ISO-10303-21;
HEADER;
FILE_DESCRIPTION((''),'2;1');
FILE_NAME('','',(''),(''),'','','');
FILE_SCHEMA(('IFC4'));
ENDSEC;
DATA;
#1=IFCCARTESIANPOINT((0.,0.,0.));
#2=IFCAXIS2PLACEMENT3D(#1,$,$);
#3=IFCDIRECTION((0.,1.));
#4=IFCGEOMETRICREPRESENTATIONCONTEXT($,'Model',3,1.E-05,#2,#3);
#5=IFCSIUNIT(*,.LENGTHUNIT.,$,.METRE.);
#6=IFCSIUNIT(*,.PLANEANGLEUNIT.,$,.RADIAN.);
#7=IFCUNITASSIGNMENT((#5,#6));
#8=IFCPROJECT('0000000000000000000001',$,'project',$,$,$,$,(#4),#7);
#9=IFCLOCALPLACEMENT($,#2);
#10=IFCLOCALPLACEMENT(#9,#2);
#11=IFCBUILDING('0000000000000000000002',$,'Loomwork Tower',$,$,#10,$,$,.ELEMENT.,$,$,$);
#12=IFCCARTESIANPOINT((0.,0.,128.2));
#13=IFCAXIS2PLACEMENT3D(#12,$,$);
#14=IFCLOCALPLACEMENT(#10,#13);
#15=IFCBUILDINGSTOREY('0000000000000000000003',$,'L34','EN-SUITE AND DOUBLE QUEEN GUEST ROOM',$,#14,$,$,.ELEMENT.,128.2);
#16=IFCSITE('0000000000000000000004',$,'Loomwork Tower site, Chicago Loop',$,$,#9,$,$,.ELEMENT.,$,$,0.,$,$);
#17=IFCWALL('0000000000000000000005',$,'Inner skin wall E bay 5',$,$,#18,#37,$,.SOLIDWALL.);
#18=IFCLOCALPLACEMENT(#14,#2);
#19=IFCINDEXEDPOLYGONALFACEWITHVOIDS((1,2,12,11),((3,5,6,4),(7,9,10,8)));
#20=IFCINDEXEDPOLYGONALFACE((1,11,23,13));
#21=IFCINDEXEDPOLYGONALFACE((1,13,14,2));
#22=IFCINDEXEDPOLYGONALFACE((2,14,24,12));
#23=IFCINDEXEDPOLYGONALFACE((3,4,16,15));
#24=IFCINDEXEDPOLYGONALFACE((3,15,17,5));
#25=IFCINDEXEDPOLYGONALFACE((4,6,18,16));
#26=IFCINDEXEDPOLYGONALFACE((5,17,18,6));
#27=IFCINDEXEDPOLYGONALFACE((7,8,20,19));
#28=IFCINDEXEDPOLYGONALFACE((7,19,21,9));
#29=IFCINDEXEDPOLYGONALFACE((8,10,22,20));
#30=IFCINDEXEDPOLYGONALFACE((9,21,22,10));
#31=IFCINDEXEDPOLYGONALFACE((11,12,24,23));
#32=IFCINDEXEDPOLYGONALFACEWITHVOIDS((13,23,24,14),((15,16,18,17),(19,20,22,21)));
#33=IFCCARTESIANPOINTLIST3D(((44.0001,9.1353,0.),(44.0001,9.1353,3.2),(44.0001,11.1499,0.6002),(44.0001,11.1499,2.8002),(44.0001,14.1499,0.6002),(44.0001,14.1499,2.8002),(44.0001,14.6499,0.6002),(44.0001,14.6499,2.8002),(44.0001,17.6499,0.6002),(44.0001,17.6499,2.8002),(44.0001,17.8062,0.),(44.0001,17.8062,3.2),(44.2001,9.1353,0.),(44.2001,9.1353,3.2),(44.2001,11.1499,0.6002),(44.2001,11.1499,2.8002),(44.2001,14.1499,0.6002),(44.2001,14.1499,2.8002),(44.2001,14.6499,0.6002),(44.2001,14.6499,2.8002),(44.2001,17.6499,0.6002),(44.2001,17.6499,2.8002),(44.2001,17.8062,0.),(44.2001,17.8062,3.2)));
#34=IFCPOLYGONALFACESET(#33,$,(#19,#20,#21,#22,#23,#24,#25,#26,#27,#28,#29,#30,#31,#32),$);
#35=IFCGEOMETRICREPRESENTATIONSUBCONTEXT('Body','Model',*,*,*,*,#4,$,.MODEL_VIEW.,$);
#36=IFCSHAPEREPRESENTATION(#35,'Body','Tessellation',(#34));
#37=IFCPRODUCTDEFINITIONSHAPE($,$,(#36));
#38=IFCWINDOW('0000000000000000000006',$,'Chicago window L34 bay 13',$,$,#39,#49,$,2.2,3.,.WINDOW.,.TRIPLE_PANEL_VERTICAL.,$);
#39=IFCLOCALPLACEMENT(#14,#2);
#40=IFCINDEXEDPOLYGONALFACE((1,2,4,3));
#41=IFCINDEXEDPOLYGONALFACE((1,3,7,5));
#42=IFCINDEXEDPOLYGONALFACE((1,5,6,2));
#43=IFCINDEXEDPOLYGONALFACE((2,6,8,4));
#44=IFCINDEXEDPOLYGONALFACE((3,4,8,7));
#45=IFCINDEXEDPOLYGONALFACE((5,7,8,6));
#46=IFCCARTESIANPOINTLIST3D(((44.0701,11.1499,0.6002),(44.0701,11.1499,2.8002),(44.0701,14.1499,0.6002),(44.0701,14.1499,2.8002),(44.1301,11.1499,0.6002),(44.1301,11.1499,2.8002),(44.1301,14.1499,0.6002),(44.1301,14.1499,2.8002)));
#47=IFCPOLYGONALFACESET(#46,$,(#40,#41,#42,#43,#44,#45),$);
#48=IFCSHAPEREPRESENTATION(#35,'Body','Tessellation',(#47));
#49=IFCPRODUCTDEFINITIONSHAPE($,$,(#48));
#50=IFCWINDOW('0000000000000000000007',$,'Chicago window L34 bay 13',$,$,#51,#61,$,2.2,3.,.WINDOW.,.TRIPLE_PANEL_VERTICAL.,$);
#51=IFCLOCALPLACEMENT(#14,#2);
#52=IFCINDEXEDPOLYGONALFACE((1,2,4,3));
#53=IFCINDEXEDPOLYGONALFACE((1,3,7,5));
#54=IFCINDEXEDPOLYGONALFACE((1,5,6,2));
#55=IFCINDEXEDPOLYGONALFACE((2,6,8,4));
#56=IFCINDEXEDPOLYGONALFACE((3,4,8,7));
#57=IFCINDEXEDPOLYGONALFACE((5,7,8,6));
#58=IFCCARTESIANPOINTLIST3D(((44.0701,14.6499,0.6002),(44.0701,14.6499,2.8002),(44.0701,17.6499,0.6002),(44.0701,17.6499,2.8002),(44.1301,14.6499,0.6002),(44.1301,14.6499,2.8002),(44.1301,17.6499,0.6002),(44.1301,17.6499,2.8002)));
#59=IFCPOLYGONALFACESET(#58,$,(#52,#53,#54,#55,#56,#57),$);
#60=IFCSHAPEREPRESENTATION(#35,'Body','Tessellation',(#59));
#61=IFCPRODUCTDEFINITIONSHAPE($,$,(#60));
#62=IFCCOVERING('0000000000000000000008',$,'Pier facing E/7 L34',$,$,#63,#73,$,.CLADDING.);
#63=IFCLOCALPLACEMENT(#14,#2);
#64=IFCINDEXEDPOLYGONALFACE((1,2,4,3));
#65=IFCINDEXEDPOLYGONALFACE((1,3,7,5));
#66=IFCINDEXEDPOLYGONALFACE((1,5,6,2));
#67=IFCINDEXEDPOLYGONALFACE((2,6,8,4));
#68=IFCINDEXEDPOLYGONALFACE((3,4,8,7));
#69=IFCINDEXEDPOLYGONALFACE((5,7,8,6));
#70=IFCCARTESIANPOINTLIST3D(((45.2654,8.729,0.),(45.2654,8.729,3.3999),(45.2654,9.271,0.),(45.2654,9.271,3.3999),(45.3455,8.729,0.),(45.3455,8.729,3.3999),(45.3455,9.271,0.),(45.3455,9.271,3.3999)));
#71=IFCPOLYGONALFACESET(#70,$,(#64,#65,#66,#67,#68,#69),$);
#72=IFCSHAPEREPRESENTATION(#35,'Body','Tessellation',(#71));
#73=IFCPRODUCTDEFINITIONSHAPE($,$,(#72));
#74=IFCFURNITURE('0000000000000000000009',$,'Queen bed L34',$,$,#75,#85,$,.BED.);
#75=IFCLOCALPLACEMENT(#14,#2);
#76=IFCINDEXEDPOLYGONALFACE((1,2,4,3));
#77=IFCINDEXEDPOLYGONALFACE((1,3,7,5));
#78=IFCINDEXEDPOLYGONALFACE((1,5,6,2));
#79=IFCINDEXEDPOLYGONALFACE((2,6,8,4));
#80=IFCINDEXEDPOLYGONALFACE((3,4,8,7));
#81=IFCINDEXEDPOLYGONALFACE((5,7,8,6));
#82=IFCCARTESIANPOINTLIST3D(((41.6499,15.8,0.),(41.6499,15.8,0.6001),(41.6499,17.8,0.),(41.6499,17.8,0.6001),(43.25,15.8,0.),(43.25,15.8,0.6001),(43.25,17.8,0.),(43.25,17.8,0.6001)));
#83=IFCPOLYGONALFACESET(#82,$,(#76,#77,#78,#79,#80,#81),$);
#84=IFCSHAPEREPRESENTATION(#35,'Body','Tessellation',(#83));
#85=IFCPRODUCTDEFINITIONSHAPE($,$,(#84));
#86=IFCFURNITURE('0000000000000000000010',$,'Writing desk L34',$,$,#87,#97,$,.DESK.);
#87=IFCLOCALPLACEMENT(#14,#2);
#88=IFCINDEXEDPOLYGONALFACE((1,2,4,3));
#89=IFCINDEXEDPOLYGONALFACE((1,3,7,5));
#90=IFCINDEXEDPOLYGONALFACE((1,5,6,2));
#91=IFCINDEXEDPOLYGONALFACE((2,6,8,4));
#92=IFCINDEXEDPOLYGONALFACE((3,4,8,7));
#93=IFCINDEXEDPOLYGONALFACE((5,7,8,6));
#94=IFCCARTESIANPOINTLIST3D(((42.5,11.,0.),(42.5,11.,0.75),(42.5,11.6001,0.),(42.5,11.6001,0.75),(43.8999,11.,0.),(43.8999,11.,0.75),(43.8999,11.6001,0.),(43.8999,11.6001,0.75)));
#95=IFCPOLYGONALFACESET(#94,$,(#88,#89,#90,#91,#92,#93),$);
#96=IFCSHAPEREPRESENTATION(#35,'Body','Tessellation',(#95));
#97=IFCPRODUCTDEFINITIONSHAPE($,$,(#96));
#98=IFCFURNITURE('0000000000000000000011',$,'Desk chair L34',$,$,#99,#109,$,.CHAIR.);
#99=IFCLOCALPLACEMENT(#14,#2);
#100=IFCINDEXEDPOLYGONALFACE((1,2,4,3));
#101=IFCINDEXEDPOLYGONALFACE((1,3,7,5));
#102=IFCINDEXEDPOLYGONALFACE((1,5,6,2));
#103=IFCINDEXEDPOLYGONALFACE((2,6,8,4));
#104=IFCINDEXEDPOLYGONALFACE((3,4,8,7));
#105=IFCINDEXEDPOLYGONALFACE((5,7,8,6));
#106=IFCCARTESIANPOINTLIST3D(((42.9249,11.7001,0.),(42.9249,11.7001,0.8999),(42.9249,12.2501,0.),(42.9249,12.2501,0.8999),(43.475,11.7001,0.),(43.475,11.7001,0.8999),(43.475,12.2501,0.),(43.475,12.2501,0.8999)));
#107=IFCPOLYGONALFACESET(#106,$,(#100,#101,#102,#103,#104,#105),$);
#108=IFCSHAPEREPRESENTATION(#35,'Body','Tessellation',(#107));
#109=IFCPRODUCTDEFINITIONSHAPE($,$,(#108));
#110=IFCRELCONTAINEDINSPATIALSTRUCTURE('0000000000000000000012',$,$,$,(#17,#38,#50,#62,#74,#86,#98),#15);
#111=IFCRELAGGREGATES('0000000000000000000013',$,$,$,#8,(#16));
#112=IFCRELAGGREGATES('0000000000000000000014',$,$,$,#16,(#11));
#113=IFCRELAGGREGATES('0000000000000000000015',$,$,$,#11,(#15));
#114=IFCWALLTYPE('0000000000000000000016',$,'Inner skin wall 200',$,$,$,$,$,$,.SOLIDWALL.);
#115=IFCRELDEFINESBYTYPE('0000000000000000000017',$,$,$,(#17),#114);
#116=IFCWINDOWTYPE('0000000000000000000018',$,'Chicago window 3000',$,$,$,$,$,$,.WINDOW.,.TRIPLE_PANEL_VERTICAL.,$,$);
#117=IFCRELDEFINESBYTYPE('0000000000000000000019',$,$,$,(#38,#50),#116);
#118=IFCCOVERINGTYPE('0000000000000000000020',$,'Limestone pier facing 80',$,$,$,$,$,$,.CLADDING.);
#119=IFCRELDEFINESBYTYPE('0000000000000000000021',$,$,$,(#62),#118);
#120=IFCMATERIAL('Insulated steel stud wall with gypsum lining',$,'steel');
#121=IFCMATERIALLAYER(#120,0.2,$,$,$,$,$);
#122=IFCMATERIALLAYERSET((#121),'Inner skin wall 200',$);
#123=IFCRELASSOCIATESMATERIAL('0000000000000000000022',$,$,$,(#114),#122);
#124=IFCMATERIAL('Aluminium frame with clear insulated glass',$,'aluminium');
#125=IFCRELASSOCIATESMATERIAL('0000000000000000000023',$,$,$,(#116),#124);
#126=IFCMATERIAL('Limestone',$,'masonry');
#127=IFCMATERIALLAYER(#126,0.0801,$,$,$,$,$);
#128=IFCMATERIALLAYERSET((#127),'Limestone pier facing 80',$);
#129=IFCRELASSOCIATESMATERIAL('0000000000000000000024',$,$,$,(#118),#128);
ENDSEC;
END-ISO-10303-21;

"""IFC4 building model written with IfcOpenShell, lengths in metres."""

from ifc_helpers import new_model, si_unit, direction, frame, frame_2d, origin, origin_2d, place, context, subcontext, project, spatial, rectangle, extrude, material, layer, layer_set, type_object, element, fill, save


model = new_model("IFC4")

# Units and contexts
model_context = context("Model", 3, precision=1e-05, world=origin(), true_north=direction((0.0, 1.0)))
body_context = subcontext(model_context, "Body", "Model", "MODEL_VIEW")
ifc_project = project(units=[si_unit("LENGTHUNIT", "METRE"), si_unit("PLANEANGLEUNIT", "RADIAN")], contexts=[model_context])

# Site, building, storey
site_placement = place(None, origin())
site = spatial("IfcSite", under=ifc_project, at=site_placement, Name="Loomwork Tower site, Chicago Loop", CompositionType="ELEMENT", RefElevation=0.0)
building_placement = place(site_placement, origin())
building = spatial("IfcBuilding", under=site, at=building_placement, Name="Loomwork Tower", CompositionType="ELEMENT")
storey_placement = place(building_placement, frame((0.0, 0.0, 128.2)))
storey = spatial("IfcBuildingStorey", under=building, at=storey_placement, Name="L34", Description="EN-SUITE AND DOUBLE QUEEN GUEST ROOM", CompositionType="ELEMENT", Elevation=128.2)

# Shared definitions
ifc_material_1 = material(Name="Insulated steel stud wall with gypsum lining", Category="steel")
ifc_layer_1 = layer(ifc_material_1, 0.2)
ifc_layer_set_1 = layer_set([ifc_layer_1], Name="Inner skin wall 200")
wall_type = type_object("IfcWallType", Name="Inner skin wall 200", PredefinedType="SOLIDWALL", material=ifc_layer_set_1)

# Wall, openings, windows
wall_1_placement = place(storey_placement, frame((44.1001, 9.1353, 0.0), z_axis=(0.0, 0.0, 1.0), x_axis=(0.0, 1.0, 0.0)))
wall_1 = element("IfcWall", 1, at=wall_1_placement, inside=storey, type_object=wall_type, Name="Inner skin wall E bay 5", PredefinedType="SOLIDWALL", context=body_context, shape_type="SweptSolid", body=[
    extrude(rectangle(XDim=8.6709, YDim=0.2, at=frame_2d((4.3354, 0.0))), origin(), (0.0, 0.0, 1.0), 3.2),
])
opening_1_placement = place(wall_1_placement, frame((2.0146, 0.0, 0.6001)))
opening_1 = element("IfcOpeningElement", 2, at=opening_1_placement, cuts=wall_1, PredefinedType="OPENING", context=body_context, shape_type="SweptSolid", body=[
    extrude(rectangle(XDim=3.0, YDim=2.2, at=frame_2d((1.5, 1.1001))), frame((0.0, 0.1099, 0.0), z_axis=(0.0, -1.0, 0.0), x_axis=(1.0, 0.0, 0.0)), (0.0, 0.0, 1.0), 0.22),
])
opening_2_placement = place(wall_1_placement, frame((5.5146, 0.0, 0.6001)))
opening_2 = element("IfcOpeningElement", 3, at=opening_2_placement, cuts=wall_1, PredefinedType="OPENING", context=body_context, shape_type="SweptSolid", body=[
    extrude(rectangle(XDim=3.0, YDim=2.2, at=frame_2d((1.5, 1.1001))), frame((0.0, 0.1099, 0.0), z_axis=(0.0, -1.0, 0.0), x_axis=(1.0, 0.0, 0.0)), (0.0, 0.0, 1.0), 0.22),
])
ifc_material_2 = material(Name="Aluminium frame with clear insulated glass", Category="aluminium")
window_type = type_object("IfcWindowType", Name="Chicago window 3000", PartitioningType="TRIPLE_PANEL_VERTICAL", PredefinedType="WINDOW", material=ifc_material_2)
window_1_placement = place(opening_1_placement, origin())
window_1 = element("IfcWindow", 4, at=window_1_placement, inside=storey, type_object=window_type, Name="Chicago window L34 bay 13", OverallHeight=2.2, OverallWidth=3.0, PartitioningType="TRIPLE_PANEL_VERTICAL", PredefinedType="WINDOW", context=body_context, shape_type="SweptSolid", body=[
    extrude(rectangle(XDim=3.0, YDim=2.2, at=frame_2d((1.5, 1.1001))), frame((0.0, 0.03, 0.0), z_axis=(0.0, -1.0, 0.0), x_axis=(1.0, 0.0, 0.0)), (0.0, 0.0, 1.0), 0.0601),
])
fill(opening_1, window_1)
window_2_placement = place(opening_2_placement, origin())
window_2 = element("IfcWindow", 5, at=window_2_placement, inside=storey, type_object=window_type, Name="Chicago window L34 bay 13", OverallHeight=2.2, OverallWidth=3.0, PartitioningType="TRIPLE_PANEL_VERTICAL", PredefinedType="WINDOW", context=body_context, shape_type="SweptSolid", body=[
    extrude(rectangle(XDim=3.0, YDim=2.2, at=frame_2d((1.5, 1.1001))), frame((0.0, 0.03, 0.0), z_axis=(0.0, -1.0, 0.0), x_axis=(1.0, 0.0, 0.0)), (0.0, 0.0, 1.0), 0.0601),
])
fill(opening_2, window_2)

# Covering
ifc_material_3 = material(Name="Limestone", Category="masonry")
ifc_layer_2 = layer(ifc_material_3, 0.0801)
ifc_layer_set_2 = layer_set([ifc_layer_2], Name="Limestone pier facing 80")
covering_type = type_object("IfcCoveringType", Name="Limestone pier facing 80", PredefinedType="CLADDING", material=ifc_layer_set_2)
covering_placement = place(storey_placement, frame((45.3054, 9.0, 0.0), z_axis=(0.0, 0.0, 1.0), x_axis=(1.0, 0.0, 0.0)))
element("IfcCovering", 6, at=covering_placement, inside=storey, type_object=covering_type, Name="Pier facing E/7 L34", PredefinedType="CLADDING", context=body_context, shape_type="SweptSolid", body=[
    extrude(rectangle(XDim=0.0801, YDim=0.542, at=origin_2d()), origin(), (0.0, 0.0, 1.0), 3.3999),
])

# Furniture
furniture_1_placement = place(storey_placement, frame((42.45, 16.8, 0.0), z_axis=(0.0, 0.0, 1.0), x_axis=(1.0, 0.0, 0.0)))
element("IfcFurniture", 7, at=furniture_1_placement, inside=storey, Name="Queen bed L34", PredefinedType="BED", context=body_context, shape_type="SweptSolid", body=[
    extrude(rectangle(XDim=1.6001, YDim=2.0, at=origin_2d()), origin(), (0.0, 0.0, 1.0), 0.6001),
])
furniture_2_placement = place(storey_placement, frame((43.2, 11.3, 0.0), z_axis=(0.0, 0.0, 1.0), x_axis=(1.0, 0.0, 0.0)))
element("IfcFurniture", 8, at=furniture_2_placement, inside=storey, Name="Writing desk L34", PredefinedType="DESK", context=body_context, shape_type="SweptSolid", body=[
    extrude(rectangle(XDim=1.3999, YDim=0.6001, at=origin_2d()), origin(), (0.0, 0.0, 1.0), 0.75),
])
furniture_3_placement = place(storey_placement, frame((43.2, 11.9751, 0.0), z_axis=(0.0, 0.0, 1.0), x_axis=(1.0, 0.0, 0.0)))
element("IfcFurniture", 9, at=furniture_3_placement, inside=storey, Name="Desk chair L34", PredefinedType="CHAIR", context=body_context, shape_type="SweptSolid", body=[
    extrude(rectangle(XDim=0.55, YDim=0.55, at=origin_2d()), origin(), (0.0, 0.0, 1.0), 0.8999),
])

save(model, "model.ifc")
